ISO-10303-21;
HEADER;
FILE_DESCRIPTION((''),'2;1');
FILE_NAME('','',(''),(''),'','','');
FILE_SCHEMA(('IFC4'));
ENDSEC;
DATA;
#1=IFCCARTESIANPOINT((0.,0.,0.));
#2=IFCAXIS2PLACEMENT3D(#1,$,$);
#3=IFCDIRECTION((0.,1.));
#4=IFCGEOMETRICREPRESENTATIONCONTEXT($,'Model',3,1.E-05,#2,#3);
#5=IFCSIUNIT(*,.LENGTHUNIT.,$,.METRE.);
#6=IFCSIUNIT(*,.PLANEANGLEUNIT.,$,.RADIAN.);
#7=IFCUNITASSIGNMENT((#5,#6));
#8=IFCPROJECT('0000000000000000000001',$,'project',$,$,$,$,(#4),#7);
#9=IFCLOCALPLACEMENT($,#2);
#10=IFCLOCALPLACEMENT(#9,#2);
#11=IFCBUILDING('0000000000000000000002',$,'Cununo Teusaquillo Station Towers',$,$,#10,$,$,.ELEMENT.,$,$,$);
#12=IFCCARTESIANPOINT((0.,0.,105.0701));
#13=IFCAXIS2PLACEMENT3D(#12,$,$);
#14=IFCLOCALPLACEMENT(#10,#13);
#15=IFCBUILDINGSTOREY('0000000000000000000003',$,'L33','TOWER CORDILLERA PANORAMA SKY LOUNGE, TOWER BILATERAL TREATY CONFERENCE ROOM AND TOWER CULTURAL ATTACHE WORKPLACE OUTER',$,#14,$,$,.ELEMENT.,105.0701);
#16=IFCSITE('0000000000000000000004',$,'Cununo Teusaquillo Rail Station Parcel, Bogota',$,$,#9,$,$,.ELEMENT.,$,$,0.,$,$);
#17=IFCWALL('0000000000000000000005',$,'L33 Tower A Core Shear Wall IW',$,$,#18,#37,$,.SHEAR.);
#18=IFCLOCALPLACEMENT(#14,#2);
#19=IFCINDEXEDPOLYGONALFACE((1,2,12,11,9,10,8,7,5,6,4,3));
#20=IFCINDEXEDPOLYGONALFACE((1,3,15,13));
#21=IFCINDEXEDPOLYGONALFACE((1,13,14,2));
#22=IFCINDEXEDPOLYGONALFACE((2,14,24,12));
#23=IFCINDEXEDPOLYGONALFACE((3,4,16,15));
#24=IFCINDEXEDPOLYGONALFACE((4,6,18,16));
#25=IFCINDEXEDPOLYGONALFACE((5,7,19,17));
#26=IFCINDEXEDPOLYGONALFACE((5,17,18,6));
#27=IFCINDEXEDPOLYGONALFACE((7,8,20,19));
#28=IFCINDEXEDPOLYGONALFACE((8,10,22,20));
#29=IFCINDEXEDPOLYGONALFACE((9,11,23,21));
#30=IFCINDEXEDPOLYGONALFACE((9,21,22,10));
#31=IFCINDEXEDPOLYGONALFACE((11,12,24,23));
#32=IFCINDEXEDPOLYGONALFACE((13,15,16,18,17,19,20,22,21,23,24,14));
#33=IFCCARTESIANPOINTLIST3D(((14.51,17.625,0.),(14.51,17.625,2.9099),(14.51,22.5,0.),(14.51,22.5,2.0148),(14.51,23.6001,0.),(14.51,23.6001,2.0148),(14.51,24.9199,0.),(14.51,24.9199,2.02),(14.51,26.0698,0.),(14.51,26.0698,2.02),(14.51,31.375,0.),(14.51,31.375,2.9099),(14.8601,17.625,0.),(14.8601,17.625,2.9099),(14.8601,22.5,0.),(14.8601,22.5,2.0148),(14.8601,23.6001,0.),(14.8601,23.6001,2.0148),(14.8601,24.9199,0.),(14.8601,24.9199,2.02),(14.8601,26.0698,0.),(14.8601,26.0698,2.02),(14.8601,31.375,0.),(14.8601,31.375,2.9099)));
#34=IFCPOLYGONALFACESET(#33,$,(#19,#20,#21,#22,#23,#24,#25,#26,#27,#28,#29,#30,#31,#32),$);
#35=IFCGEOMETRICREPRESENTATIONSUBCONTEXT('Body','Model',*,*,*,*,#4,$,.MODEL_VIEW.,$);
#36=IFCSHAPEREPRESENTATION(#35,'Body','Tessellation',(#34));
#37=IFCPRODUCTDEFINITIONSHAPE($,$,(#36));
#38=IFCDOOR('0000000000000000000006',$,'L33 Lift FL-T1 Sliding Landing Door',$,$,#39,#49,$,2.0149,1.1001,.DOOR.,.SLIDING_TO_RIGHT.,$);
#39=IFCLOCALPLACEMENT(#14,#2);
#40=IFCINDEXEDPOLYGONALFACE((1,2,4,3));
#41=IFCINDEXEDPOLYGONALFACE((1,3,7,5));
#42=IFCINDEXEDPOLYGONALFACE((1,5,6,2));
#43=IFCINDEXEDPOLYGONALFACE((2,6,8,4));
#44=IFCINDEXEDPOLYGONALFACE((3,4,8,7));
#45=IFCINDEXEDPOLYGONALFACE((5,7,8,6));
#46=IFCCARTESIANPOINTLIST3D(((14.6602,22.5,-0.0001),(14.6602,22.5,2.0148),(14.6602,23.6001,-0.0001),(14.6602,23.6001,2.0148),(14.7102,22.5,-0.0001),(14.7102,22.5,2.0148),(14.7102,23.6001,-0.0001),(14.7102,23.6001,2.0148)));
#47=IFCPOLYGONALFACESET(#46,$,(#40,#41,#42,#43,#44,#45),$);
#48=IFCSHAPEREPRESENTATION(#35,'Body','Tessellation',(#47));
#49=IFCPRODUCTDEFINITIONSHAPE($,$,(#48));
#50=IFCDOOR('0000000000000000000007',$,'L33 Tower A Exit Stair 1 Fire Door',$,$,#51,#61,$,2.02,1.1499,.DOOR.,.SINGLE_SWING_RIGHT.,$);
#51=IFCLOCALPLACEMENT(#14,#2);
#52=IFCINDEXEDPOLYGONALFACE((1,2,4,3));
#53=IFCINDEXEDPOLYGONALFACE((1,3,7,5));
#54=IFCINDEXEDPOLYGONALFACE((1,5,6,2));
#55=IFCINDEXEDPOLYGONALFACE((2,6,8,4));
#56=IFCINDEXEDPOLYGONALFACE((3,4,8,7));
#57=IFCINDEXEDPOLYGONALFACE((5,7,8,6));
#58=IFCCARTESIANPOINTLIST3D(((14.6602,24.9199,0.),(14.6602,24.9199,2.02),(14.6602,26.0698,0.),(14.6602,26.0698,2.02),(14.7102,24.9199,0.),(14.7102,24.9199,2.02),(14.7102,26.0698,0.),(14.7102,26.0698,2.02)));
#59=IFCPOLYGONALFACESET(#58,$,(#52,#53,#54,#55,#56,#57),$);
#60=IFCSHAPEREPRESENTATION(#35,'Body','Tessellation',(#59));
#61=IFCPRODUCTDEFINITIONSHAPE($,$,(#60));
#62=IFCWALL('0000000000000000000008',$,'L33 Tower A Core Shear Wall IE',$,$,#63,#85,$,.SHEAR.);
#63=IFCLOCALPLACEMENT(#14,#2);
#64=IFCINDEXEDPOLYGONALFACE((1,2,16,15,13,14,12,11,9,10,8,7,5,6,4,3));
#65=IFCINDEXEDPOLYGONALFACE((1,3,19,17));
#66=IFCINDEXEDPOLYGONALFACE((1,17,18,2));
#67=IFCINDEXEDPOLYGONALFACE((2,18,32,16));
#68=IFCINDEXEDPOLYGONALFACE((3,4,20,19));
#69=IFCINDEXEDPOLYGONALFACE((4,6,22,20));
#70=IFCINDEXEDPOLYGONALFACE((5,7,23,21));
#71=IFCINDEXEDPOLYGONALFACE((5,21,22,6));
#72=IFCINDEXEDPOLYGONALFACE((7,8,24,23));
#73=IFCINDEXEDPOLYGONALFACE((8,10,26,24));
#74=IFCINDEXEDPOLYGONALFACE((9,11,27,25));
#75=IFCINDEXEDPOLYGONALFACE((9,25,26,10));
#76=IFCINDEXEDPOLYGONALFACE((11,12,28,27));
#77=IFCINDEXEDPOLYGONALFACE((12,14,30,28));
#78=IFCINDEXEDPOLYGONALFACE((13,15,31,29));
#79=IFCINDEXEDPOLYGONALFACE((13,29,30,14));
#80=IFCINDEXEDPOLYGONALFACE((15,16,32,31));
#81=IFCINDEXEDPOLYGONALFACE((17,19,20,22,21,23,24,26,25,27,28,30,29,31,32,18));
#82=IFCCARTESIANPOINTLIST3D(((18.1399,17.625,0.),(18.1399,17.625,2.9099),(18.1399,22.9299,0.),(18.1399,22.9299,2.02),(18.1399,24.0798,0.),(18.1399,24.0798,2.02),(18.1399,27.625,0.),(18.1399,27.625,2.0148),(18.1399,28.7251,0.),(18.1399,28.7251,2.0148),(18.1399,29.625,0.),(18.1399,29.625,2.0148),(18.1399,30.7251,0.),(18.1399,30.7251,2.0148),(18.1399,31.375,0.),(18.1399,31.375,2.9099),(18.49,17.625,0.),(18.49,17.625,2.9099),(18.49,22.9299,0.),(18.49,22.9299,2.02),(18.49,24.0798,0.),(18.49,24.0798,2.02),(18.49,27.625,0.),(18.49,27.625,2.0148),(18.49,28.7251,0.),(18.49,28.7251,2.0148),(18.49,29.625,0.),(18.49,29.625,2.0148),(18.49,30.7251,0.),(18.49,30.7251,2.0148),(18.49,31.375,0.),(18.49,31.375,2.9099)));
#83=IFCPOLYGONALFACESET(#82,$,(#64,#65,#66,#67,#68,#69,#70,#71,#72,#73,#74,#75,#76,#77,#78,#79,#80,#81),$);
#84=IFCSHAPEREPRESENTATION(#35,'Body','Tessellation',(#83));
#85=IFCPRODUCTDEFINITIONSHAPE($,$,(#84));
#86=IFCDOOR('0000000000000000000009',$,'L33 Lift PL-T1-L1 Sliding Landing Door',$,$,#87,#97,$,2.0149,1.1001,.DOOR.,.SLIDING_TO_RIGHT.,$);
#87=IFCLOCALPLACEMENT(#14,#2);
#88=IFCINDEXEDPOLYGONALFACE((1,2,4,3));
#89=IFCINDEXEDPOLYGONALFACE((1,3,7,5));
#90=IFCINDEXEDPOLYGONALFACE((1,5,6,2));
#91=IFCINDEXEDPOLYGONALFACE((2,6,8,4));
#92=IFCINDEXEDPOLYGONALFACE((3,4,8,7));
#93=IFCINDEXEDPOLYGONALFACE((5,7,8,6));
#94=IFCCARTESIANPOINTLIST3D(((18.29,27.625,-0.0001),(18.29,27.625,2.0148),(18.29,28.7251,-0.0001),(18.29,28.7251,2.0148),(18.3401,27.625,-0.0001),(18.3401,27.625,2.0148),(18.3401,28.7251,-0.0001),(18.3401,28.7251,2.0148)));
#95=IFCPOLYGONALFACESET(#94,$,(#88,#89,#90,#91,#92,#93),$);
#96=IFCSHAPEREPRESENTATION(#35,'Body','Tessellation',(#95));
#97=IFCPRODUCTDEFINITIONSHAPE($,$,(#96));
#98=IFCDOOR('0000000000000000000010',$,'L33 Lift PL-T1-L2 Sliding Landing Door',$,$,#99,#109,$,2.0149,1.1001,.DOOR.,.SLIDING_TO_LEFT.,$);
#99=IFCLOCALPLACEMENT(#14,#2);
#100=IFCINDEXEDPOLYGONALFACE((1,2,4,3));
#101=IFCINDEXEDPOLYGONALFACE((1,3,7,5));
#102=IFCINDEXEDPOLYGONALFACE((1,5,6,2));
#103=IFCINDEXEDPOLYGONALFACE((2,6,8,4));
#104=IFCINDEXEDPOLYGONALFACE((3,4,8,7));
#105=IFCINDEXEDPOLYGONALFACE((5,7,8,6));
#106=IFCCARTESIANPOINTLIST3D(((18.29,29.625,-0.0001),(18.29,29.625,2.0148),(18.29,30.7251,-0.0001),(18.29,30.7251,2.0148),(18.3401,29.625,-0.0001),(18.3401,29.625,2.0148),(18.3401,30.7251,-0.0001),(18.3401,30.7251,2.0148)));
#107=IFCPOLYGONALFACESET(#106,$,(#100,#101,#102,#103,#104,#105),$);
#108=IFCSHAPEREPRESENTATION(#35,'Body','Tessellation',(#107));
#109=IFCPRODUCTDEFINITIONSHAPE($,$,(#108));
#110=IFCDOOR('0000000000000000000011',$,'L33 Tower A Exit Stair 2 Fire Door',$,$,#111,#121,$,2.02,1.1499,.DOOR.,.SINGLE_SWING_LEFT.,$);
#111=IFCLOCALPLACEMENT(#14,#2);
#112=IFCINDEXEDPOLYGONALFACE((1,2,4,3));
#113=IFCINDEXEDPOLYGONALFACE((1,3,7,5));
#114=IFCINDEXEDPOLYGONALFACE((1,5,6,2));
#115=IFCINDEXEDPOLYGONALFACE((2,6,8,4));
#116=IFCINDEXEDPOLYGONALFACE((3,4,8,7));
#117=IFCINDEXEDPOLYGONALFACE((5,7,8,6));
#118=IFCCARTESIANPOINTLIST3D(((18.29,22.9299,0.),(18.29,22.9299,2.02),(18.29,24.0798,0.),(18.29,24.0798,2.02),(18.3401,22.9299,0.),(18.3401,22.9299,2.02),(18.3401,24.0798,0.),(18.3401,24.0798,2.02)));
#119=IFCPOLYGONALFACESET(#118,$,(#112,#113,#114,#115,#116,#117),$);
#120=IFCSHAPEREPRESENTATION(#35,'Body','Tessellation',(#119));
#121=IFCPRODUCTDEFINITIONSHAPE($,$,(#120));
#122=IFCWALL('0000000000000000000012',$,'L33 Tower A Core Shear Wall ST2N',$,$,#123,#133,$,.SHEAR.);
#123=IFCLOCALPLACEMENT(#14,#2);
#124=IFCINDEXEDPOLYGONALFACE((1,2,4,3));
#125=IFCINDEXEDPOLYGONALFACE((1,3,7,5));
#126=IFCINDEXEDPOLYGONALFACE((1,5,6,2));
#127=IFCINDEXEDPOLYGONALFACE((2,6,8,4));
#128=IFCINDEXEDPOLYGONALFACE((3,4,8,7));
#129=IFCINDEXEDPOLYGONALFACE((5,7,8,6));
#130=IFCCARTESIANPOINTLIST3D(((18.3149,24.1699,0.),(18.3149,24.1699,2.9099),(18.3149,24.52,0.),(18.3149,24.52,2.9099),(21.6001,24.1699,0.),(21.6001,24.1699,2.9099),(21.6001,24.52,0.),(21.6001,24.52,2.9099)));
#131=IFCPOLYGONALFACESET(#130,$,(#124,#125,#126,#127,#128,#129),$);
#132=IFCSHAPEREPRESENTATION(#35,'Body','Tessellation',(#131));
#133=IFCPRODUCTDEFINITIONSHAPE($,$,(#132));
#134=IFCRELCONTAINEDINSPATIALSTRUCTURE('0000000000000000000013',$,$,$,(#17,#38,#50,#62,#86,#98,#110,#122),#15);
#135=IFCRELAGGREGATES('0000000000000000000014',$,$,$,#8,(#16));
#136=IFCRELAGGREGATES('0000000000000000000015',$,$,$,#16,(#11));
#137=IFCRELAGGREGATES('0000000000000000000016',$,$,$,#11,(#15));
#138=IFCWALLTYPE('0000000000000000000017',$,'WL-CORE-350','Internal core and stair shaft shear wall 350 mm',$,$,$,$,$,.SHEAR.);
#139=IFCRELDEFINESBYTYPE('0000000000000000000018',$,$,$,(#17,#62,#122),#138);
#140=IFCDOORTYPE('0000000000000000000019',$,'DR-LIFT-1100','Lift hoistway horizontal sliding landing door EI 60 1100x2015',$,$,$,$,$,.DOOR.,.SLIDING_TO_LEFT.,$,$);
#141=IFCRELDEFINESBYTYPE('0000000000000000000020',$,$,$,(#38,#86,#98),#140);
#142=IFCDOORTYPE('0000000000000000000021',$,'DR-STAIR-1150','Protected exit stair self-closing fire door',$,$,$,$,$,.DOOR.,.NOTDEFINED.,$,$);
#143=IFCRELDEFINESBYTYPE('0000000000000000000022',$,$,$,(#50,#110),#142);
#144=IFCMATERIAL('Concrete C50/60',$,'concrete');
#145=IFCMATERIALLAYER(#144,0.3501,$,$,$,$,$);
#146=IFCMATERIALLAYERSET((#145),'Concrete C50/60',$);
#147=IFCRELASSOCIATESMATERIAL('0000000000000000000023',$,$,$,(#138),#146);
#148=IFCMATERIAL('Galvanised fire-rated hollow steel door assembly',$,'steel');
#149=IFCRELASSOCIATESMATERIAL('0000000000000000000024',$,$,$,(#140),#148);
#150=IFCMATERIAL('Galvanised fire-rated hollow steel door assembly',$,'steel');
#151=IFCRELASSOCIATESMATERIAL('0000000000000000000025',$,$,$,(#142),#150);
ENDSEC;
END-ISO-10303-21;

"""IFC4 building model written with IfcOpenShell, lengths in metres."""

from ifc_helpers import new_model, si_unit, direction, frame, frame_2d, origin, place, context, subcontext, project, spatial, rectangle, extrude, source, transform, mapped, material, layer, layer_set, type_object, element, fill, save


model = new_model("IFC4")

# Units and contexts
model_context = context("Model", 3, precision=1e-05, world=origin(), true_north=direction((0.0, 1.0)))
body_context = subcontext(model_context, "Body", "Model", "MODEL_VIEW")
ifc_project = project(units=[si_unit("LENGTHUNIT", "METRE"), si_unit("PLANEANGLEUNIT", "RADIAN")], contexts=[model_context])

# Site, building, storey
site_placement = place(None, origin())
site = spatial("IfcSite", under=ifc_project, at=site_placement, Name="Cununo Teusaquillo Rail Station Parcel, Bogota", CompositionType="ELEMENT", RefElevation=0.0)
building_placement = place(site_placement, origin())
building = spatial("IfcBuilding", under=site, at=building_placement, Name="Cununo Teusaquillo Station Towers", CompositionType="ELEMENT")
storey_placement = place(building_placement, frame((0.0, 0.0, 105.0701)))
storey = spatial("IfcBuildingStorey", under=building, at=storey_placement, Name="L33", Description="TOWER CORDILLERA PANORAMA SKY LOUNGE, TOWER BILATERAL TREATY CONFERENCE ROOM AND TOWER CULTURAL ATTACHE WORKPLACE OUTER", CompositionType="ELEMENT", Elevation=105.0701)

# Walls, openings, doors
ifc_material_1 = material(Name="Concrete C50/60", Category="concrete")
ifc_layer_1 = layer(ifc_material_1, 0.3501)
ifc_layer_set_1 = layer_set([ifc_layer_1], Name="Concrete C50/60")
wall_type_1 = type_object("IfcWallType", Name="WL-CORE-350", Description="Internal core and stair shaft shear wall 350 mm", PredefinedType="SHEAR", material=ifc_layer_set_1)
wall_1_placement = place(storey_placement, frame((14.6851, 17.625, 0.0), z_axis=(0.0, 0.0, 1.0), x_axis=(0.0, 1.0, 0.0)))
wall_1 = element("IfcWall", 1, at=wall_1_placement, inside=storey, type_object=wall_type_1, Name="L33 Tower A Core Shear Wall IW", PredefinedType="SHEAR", context=body_context, shape_type="SweptSolid", body=[
    extrude(rectangle(XDim=13.75, YDim=0.3501, at=frame_2d((6.875, 0.0))), origin(), (0.0, 0.0, 1.0), 2.9099),
])
shared_shape_1 = source(origin(), body_context, "Body", "SweptSolid", [
    extrude(rectangle(XDim=1.1001, YDim=2.0149, at=frame_2d((0.55, 1.0073))), frame((0.0, 0.1851, 0.0), z_axis=(0.0, -1.0, 0.0), x_axis=(1.0, 0.0, 0.0)), (0.0, 0.0, 1.0), 0.3701),
])
opening_1_placement = place(wall_1_placement, frame((4.875, 0.0, 0.0)))
opening_1 = element("IfcOpeningElement", 2, at=opening_1_placement, cuts=wall_1, PredefinedType="OPENING", context=body_context, shape_type="MappedRepresentation", body=[
    mapped(shared_shape_1, transform((0.0, 0.0, 0.0), x_axis=(1.0, 0.0, 0.0), y_axis=(0.0, 1.0, 0.0), z_axis=(0.0, 0.0, 1.0), scale=1.0)),
])
shared_shape_2 = source(origin(), body_context, "Body", "SweptSolid", [
    extrude(rectangle(XDim=1.1499, YDim=2.02, at=frame_2d((0.575, 1.01))), frame((0.0, 0.1851, 0.0), z_axis=(0.0, -1.0, 0.0), x_axis=(1.0, 0.0, 0.0)), (0.0, 0.0, 1.0), 0.3701),
])
opening_2_placement = place(wall_1_placement, frame((7.2949, 0.0, 0.0)))
opening_2 = element("IfcOpeningElement", 3, at=opening_2_placement, cuts=wall_1, PredefinedType="OPENING", context=body_context, shape_type="MappedRepresentation", body=[
    mapped(shared_shape_2, transform((0.0, 0.0, 0.0), x_axis=(1.0, 0.0, 0.0), y_axis=(0.0, 1.0, 0.0), z_axis=(0.0, 0.0, 1.0), scale=1.0)),
])
ifc_material_2 = material(Name="Galvanised fire-rated hollow steel door assembly", Category="steel")
door_type_1 = type_object("IfcDoorType", Name="DR-LIFT-1100", Description="Lift hoistway horizontal sliding landing door EI 60 1100x2015", OperationType="SLIDING_TO_LEFT", PredefinedType="DOOR", material=ifc_material_2)
shared_shape_3 = source(origin(), body_context, "Body", "SweptSolid", [
    extrude(rectangle(XDim=1.1001, YDim=2.0149, at=frame_2d((0.55, 1.0073))), frame((0.0, 0.0249, 0.0), z_axis=(0.0, -1.0, 0.0), x_axis=(1.0, 0.0, 0.0)), (0.0, 0.0, 1.0), 0.05),
])
door_1_placement = place(opening_1_placement, origin())
door_1 = element("IfcDoor", 4, at=door_1_placement, inside=storey, type_object=door_type_1, Name="L33 Lift FL-T1 Sliding Landing Door", OperationType="SLIDING_TO_RIGHT", OverallHeight=2.0149, OverallWidth=1.1001, PredefinedType="DOOR", context=body_context, shape_type="MappedRepresentation", body=[
    mapped(shared_shape_3, transform((0.0, 0.0, 0.0), x_axis=(1.0, 0.0, 0.0), y_axis=(0.0, 1.0, 0.0), z_axis=(0.0, 0.0, 1.0), scale=1.0)),
])
fill(opening_1, door_1)
ifc_material_3 = material(Name="Galvanised fire-rated hollow steel door assembly", Category="steel")
door_type_2 = type_object("IfcDoorType", Name="DR-STAIR-1150", Description="Protected exit stair self-closing fire door", OperationType="NOTDEFINED", PredefinedType="DOOR", material=ifc_material_3)
shared_shape_4 = source(origin(), body_context, "Body", "SweptSolid", [
    extrude(rectangle(XDim=1.1499, YDim=2.02, at=frame_2d((0.575, 1.01))), frame((0.0, 0.0249, 0.0), z_axis=(0.0, -1.0, 0.0), x_axis=(1.0, 0.0, 0.0)), (0.0, 0.0, 1.0), 0.05),
])
door_2_placement = place(opening_2_placement, origin())
door_2 = element("IfcDoor", 5, at=door_2_placement, inside=storey, type_object=door_type_2, Name="L33 Tower A Exit Stair 1 Fire Door", OperationType="SINGLE_SWING_RIGHT", OverallHeight=2.02, OverallWidth=1.1499, PredefinedType="DOOR", context=body_context, shape_type="MappedRepresentation", body=[
    mapped(shared_shape_4, transform((0.0, 0.0, 0.0), x_axis=(1.0, 0.0, 0.0), y_axis=(0.0, 1.0, 0.0), z_axis=(0.0, 0.0, 1.0), scale=1.0)),
])
fill(opening_2, door_2)
wall_2_placement = place(storey_placement, frame((18.3149, 17.625, 0.0), z_axis=(0.0, 0.0, 1.0), x_axis=(0.0, 1.0, 0.0)))
wall_2 = element("IfcWall", 6, at=wall_2_placement, inside=storey, type_object=wall_type_1, Name="L33 Tower A Core Shear Wall IE", PredefinedType="SHEAR", context=body_context, shape_type="SweptSolid", body=[
    extrude(rectangle(XDim=13.75, YDim=0.3501, at=frame_2d((6.875, 0.0))), origin(), (0.0, 0.0, 1.0), 2.9099),
])
opening_3_placement = place(wall_2_placement, frame((10.0, 0.0, 0.0)))
opening_3 = element("IfcOpeningElement", 7, at=opening_3_placement, cuts=wall_2, PredefinedType="OPENING", context=body_context, shape_type="MappedRepresentation", body=[
    mapped(shared_shape_1, transform((0.0, 0.0, 0.0), x_axis=(1.0, 0.0, 0.0), y_axis=(0.0, 1.0, 0.0), z_axis=(0.0, 0.0, 1.0), scale=1.0)),
])
opening_4_placement = place(wall_2_placement, frame((12.0, 0.0, 0.0)))
opening_4 = element("IfcOpeningElement", 8, at=opening_4_placement, cuts=wall_2, PredefinedType="OPENING", context=body_context, shape_type="MappedRepresentation", body=[
    mapped(shared_shape_1, transform((0.0, 0.0, 0.0), x_axis=(1.0, 0.0, 0.0), y_axis=(0.0, 1.0, 0.0), z_axis=(0.0, 0.0, 1.0), scale=1.0)),
])
opening_5_placement = place(wall_2_placement, frame((5.3049, 0.0, 0.0)))
opening_5 = element("IfcOpeningElement", 9, at=opening_5_placement, cuts=wall_2, PredefinedType="OPENING", context=body_context, shape_type="MappedRepresentation", body=[
    mapped(shared_shape_2, transform((0.0, 0.0, 0.0), x_axis=(1.0, 0.0, 0.0), y_axis=(0.0, 1.0, 0.0), z_axis=(0.0, 0.0, 1.0), scale=1.0)),
])
door_3_placement = place(opening_3_placement, origin())
door_3 = element("IfcDoor", 10, at=door_3_placement, inside=storey, type_object=door_type_1, Name="L33 Lift PL-T1-L1 Sliding Landing Door", OperationType="SLIDING_TO_RIGHT", OverallHeight=2.0149, OverallWidth=1.1001, PredefinedType="DOOR", context=body_context, shape_type="MappedRepresentation", body=[
    mapped(shared_shape_3, transform((0.0, 0.0, 0.0), x_axis=(1.0, 0.0, 0.0), y_axis=(0.0, 1.0, 0.0), z_axis=(0.0, 0.0, 1.0), scale=1.0)),
])
fill(opening_3, door_3)
door_4_placement = place(opening_4_placement, origin())
door_4 = element("IfcDoor", 11, at=door_4_placement, inside=storey, type_object=door_type_1, Name="L33 Lift PL-T1-L2 Sliding Landing Door", OperationType="SLIDING_TO_LEFT", OverallHeight=2.0149, OverallWidth=1.1001, PredefinedType="DOOR", context=body_context, shape_type="MappedRepresentation", body=[
    mapped(shared_shape_3, transform((0.0, 0.0, 0.0), x_axis=(1.0, 0.0, 0.0), y_axis=(0.0, 1.0, 0.0), z_axis=(0.0, 0.0, 1.0), scale=1.0)),
])
fill(opening_4, door_4)
door_5_placement = place(opening_5_placement, origin())
door_5 = element("IfcDoor", 12, at=door_5_placement, inside=storey, type_object=door_type_2, Name="L33 Tower A Exit Stair 2 Fire Door", OperationType="SINGLE_SWING_LEFT", OverallHeight=2.02, OverallWidth=1.1499, PredefinedType="DOOR", context=body_context, shape_type="MappedRepresentation", body=[
    mapped(shared_shape_4, transform((0.0, 0.0, 0.0), x_axis=(1.0, 0.0, 0.0), y_axis=(0.0, 1.0, 0.0), z_axis=(0.0, 0.0, 1.0), scale=1.0)),
])
fill(opening_5, door_5)

# Wall
wall_3_placement = place(storey_placement, frame((18.3149, 24.345, 0.0), z_axis=(0.0, 0.0, 1.0), x_axis=(1.0, 0.0, 0.0)))
element("IfcWall", 13, at=wall_3_placement, inside=storey, type_object=wall_type_1, Name="L33 Tower A Core Shear Wall ST2N", PredefinedType="SHEAR", context=body_context, shape_type="SweptSolid", body=[
    extrude(rectangle(XDim=3.2852, YDim=0.3501, at=frame_2d((1.6426, 0.0))), origin(), (0.0, 0.0, 1.0), 2.9099),
])

save(model, "model.ifc")
